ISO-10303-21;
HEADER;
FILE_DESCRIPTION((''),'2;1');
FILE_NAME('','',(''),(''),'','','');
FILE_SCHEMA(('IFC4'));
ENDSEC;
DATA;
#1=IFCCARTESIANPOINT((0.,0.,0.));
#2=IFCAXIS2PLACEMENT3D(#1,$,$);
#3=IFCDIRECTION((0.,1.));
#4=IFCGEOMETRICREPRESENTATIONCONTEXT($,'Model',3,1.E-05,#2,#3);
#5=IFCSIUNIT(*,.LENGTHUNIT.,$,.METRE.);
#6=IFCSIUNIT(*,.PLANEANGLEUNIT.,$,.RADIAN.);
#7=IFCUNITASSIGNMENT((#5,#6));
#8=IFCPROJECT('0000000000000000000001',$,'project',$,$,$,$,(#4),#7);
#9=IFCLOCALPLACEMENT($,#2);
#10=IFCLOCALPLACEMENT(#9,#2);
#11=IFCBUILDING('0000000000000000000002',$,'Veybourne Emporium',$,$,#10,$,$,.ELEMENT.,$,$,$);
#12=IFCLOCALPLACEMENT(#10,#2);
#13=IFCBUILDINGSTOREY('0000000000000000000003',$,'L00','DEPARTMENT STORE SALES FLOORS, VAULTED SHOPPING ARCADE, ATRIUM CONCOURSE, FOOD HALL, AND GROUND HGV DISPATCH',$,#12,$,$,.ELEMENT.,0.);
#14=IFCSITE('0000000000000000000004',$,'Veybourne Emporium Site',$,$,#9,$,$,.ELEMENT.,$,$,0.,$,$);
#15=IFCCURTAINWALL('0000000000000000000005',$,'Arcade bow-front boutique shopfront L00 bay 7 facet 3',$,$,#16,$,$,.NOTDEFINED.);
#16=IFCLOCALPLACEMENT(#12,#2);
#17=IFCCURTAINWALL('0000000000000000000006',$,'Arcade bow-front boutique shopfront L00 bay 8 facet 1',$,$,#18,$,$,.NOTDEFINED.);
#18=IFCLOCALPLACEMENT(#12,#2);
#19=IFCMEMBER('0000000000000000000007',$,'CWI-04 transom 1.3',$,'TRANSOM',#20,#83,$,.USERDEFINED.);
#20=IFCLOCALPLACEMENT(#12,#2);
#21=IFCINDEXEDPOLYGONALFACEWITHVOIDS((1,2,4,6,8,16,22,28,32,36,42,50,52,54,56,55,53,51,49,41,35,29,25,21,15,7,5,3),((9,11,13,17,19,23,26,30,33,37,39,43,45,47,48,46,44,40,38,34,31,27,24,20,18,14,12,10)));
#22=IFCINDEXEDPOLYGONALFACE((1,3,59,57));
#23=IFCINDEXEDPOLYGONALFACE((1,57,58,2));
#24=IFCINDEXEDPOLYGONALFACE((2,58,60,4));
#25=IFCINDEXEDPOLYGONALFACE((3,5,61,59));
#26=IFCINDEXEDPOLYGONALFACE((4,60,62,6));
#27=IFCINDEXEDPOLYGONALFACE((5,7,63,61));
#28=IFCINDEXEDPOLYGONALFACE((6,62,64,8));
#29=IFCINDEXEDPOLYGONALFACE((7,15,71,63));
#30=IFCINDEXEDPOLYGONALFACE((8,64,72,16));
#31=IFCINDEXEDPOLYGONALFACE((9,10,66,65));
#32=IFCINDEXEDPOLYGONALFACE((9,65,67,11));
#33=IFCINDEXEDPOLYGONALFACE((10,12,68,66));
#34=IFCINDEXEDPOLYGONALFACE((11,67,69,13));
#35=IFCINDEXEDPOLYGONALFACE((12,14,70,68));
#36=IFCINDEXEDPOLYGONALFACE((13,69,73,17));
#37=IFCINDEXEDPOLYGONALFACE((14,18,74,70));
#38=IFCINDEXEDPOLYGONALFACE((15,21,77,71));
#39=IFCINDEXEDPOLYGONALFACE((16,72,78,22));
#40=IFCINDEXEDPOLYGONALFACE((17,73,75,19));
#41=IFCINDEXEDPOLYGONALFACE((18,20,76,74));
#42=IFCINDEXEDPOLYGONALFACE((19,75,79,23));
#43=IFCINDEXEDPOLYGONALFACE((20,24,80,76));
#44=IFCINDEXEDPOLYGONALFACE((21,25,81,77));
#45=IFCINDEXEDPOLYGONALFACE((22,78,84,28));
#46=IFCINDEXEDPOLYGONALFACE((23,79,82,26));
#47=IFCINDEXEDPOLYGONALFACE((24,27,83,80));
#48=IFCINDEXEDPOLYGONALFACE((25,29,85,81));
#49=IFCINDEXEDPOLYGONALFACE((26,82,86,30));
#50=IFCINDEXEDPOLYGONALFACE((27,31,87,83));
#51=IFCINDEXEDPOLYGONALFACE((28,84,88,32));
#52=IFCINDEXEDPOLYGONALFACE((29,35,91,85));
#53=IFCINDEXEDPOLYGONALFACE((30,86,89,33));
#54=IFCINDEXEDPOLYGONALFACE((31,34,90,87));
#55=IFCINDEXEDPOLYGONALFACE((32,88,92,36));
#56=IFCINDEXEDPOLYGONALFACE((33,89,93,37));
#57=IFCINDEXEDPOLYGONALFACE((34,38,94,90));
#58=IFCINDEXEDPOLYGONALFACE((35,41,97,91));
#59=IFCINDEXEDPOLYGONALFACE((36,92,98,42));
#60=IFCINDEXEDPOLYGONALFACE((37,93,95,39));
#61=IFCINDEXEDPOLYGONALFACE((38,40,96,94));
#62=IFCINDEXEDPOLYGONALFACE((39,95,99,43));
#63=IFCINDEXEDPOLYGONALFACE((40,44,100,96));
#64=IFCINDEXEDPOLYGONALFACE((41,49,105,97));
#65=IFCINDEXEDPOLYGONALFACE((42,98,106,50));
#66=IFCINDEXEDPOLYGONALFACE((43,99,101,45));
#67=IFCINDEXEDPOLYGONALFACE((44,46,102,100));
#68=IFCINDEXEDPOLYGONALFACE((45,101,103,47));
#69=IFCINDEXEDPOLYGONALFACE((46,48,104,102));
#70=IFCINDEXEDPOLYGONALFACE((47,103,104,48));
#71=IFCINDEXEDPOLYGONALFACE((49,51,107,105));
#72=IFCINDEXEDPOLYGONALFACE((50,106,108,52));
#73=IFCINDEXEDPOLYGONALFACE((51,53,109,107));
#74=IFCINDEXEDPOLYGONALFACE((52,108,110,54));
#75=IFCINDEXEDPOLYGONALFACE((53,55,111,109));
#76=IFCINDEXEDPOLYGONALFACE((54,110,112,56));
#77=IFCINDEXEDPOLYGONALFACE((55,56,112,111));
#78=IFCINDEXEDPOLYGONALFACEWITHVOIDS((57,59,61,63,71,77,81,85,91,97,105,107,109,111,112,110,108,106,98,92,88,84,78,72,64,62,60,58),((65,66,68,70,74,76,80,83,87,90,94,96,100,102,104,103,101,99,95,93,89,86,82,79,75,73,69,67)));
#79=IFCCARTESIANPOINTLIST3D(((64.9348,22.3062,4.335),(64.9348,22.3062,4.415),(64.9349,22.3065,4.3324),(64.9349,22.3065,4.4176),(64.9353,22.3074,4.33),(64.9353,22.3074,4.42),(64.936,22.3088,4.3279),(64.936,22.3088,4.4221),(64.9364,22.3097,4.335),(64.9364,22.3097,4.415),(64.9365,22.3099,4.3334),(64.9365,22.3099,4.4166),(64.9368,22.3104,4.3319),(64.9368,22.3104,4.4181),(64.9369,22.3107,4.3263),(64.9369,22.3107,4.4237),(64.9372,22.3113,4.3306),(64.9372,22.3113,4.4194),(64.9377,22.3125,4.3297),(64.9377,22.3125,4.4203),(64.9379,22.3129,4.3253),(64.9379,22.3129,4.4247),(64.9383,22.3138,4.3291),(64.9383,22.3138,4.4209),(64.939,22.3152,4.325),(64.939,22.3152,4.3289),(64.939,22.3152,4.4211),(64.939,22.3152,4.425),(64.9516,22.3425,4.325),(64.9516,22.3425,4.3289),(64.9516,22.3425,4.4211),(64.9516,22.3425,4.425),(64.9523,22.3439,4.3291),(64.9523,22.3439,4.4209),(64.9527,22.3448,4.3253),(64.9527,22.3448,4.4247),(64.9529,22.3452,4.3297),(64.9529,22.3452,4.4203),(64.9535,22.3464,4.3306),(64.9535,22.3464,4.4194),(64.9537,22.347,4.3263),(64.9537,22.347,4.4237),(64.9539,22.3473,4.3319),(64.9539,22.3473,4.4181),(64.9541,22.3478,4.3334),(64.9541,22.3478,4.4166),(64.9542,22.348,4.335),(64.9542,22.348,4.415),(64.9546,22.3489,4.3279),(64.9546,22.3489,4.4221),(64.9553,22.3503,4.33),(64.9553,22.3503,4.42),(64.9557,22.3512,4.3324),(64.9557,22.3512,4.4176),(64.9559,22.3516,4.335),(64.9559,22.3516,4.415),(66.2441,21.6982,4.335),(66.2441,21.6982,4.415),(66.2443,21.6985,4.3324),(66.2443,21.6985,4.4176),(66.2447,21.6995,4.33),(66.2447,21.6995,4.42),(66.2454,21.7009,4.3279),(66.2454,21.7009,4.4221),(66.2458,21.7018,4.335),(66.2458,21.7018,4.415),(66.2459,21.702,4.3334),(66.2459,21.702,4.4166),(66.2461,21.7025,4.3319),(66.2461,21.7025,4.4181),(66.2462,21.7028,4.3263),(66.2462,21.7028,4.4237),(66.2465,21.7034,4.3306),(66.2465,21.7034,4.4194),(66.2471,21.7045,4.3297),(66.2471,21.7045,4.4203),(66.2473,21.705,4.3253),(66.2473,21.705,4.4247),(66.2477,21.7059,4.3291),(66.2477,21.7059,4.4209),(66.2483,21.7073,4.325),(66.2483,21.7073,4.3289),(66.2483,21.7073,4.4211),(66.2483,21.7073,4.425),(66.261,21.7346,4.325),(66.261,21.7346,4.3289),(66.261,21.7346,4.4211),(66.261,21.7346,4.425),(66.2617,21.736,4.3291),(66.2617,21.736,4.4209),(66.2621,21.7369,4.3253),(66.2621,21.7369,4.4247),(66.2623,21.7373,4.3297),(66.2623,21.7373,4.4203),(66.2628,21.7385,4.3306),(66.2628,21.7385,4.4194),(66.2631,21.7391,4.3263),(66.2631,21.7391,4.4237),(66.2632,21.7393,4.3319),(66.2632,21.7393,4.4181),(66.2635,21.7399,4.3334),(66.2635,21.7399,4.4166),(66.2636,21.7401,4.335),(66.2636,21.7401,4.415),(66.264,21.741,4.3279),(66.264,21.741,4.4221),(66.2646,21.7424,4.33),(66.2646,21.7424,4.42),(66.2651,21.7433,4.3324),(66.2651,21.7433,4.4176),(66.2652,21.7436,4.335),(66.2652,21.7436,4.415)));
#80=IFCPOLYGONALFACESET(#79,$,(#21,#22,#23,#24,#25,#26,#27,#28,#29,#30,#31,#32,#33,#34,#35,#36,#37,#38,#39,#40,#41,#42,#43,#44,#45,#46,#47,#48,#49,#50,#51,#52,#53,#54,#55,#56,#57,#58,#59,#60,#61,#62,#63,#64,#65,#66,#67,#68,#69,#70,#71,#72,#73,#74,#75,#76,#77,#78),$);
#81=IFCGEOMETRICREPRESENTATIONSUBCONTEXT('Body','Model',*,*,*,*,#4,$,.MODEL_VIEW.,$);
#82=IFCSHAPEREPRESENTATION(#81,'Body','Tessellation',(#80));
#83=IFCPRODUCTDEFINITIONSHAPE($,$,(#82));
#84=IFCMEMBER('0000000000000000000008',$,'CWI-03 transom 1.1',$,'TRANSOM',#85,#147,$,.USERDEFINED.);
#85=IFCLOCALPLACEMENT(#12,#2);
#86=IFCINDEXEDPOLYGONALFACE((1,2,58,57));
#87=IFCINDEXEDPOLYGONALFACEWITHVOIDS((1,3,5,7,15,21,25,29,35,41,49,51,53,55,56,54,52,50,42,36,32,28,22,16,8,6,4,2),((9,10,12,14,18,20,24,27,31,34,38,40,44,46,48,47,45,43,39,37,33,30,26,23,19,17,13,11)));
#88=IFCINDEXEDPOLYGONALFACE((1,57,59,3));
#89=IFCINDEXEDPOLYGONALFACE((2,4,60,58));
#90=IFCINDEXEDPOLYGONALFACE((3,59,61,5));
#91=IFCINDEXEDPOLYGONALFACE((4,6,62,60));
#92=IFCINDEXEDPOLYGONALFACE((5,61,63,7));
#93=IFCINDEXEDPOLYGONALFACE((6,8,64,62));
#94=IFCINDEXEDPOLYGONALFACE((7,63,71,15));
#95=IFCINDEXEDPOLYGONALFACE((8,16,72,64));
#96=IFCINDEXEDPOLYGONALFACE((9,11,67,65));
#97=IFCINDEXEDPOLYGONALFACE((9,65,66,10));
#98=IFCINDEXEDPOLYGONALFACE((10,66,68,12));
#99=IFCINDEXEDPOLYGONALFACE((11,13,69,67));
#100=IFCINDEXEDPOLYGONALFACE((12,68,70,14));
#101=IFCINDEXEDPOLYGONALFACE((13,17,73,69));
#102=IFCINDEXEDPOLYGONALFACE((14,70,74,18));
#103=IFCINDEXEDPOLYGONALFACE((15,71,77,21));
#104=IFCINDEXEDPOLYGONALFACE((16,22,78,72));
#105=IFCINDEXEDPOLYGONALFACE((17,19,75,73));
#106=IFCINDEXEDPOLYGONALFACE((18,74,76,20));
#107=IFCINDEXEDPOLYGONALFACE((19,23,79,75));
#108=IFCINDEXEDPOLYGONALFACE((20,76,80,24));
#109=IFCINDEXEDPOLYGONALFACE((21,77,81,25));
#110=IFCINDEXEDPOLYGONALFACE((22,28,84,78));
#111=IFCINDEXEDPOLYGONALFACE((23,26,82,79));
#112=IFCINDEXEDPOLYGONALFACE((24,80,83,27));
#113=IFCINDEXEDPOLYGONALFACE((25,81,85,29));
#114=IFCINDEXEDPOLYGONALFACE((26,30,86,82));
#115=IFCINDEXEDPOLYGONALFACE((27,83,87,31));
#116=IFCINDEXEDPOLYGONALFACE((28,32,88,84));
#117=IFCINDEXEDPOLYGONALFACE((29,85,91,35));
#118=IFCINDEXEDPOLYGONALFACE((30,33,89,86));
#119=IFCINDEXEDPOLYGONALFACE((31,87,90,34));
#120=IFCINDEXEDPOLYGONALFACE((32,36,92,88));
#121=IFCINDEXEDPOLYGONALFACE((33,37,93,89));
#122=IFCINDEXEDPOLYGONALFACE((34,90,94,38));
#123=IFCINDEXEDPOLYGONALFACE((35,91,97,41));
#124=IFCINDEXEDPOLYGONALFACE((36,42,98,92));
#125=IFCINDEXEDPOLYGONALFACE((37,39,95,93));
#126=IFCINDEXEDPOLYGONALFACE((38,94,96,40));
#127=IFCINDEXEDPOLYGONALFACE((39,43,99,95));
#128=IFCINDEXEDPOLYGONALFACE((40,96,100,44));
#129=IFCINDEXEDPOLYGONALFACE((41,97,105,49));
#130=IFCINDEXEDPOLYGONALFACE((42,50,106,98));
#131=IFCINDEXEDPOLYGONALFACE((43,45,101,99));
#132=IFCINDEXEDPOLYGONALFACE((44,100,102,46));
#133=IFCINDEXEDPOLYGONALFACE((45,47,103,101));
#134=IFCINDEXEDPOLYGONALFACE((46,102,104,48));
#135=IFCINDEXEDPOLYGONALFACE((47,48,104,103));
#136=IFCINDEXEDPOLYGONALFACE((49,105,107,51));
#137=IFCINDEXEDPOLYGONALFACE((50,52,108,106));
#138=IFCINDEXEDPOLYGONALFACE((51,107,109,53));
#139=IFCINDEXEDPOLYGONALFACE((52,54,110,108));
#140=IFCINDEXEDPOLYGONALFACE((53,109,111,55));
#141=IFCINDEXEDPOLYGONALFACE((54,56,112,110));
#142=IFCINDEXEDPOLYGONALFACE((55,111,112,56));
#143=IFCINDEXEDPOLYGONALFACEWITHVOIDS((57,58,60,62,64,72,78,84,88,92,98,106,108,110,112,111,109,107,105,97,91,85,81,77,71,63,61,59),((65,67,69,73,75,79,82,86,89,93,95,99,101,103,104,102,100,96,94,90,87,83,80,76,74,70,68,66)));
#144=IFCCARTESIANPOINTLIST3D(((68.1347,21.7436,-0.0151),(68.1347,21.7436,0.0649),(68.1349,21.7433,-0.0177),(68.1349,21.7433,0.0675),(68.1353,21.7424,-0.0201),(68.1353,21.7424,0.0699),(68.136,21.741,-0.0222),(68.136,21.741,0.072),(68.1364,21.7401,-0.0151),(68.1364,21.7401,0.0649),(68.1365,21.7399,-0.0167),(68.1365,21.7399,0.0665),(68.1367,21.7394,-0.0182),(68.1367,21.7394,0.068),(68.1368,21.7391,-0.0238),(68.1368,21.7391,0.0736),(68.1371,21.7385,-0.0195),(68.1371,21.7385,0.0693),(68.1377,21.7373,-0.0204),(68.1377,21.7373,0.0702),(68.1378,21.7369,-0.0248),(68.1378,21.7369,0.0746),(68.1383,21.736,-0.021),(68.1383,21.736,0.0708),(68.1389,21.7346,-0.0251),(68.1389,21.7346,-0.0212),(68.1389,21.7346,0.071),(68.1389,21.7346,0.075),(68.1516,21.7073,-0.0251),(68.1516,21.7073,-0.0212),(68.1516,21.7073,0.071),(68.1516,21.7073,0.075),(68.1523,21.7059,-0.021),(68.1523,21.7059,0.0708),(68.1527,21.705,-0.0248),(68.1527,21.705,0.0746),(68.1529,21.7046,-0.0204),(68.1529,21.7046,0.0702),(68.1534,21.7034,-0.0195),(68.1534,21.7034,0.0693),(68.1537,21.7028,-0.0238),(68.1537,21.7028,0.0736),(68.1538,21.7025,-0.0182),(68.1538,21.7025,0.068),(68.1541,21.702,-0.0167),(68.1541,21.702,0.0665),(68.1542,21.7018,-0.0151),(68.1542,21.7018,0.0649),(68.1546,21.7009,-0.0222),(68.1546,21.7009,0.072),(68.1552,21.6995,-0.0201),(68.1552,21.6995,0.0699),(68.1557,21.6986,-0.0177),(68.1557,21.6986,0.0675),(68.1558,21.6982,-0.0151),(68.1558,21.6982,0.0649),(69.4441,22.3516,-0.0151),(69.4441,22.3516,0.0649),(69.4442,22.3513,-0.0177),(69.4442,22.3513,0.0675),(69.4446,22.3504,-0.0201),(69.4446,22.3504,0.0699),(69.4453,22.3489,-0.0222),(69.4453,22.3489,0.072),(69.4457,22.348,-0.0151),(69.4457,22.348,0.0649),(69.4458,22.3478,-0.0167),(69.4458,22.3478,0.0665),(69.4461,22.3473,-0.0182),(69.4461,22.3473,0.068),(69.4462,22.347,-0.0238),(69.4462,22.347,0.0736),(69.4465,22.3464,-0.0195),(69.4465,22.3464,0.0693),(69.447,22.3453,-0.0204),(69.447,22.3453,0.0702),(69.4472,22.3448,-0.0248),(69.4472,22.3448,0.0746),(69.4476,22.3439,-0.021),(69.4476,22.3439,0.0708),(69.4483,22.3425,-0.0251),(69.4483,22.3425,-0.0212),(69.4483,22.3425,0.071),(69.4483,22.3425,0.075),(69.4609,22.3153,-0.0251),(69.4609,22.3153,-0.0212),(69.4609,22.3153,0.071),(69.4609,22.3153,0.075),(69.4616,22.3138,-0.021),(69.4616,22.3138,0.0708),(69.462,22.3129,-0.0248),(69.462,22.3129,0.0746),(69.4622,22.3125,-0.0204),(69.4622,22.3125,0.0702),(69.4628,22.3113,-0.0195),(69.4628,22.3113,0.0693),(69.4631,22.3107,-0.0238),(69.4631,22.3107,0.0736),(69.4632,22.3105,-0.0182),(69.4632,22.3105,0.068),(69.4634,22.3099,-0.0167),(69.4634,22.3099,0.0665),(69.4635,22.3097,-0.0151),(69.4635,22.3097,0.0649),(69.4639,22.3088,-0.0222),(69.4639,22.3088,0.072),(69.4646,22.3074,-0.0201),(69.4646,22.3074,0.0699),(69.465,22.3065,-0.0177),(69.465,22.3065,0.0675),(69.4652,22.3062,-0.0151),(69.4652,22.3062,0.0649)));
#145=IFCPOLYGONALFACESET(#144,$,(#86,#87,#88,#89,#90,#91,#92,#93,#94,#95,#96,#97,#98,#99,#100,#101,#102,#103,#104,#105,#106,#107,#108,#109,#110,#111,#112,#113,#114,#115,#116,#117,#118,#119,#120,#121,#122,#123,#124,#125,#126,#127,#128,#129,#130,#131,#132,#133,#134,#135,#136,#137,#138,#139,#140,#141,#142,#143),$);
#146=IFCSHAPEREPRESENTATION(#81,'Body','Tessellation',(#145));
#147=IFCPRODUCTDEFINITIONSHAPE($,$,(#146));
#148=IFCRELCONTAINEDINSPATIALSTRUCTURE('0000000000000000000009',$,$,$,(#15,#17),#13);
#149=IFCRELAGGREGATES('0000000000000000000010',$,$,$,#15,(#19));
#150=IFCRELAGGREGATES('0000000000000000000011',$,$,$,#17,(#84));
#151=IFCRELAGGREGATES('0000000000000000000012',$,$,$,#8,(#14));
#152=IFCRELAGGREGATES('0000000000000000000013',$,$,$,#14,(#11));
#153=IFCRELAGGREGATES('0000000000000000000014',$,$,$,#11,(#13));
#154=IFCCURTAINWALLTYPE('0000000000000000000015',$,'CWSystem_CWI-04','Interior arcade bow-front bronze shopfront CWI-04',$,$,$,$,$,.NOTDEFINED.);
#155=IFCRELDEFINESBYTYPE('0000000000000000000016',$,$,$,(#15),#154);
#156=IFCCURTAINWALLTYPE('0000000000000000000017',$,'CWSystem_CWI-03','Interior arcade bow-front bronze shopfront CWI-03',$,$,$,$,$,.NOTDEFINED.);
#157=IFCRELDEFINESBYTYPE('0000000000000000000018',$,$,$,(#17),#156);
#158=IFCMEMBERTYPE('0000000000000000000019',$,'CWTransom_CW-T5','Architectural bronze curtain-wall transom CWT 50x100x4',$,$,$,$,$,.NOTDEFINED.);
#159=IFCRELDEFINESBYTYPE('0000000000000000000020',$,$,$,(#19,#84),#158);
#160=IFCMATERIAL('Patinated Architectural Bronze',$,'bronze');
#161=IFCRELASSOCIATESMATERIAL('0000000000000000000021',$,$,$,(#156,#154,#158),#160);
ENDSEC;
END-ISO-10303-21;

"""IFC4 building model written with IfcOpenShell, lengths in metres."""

from ifc_helpers import new_model, si_unit, direction, frame, origin, origin_2d, place, context, subcontext, project, spatial, hollow_rectangle, extrude, material, material_profile, profile_set, type_object, element, aggregate, save


model = new_model("IFC4")

# Units and contexts
model_context = context("Model", 3, precision=1e-05, world=origin(), true_north=direction((0.0, 1.0)))
body_context = subcontext(model_context, "Body", "Model", "MODEL_VIEW")
ifc_project = project(units=[si_unit("LENGTHUNIT", "METRE"), si_unit("PLANEANGLEUNIT", "RADIAN")], contexts=[model_context])

# Site, building, storey
site_placement = place(None, origin())
site = spatial("IfcSite", under=ifc_project, at=site_placement, Name="Veybourne Emporium Site", CompositionType="ELEMENT", RefElevation=0.0)
building_placement = place(site_placement, origin())
building = spatial("IfcBuilding", under=site, at=building_placement, Name="Veybourne Emporium", CompositionType="ELEMENT")
storey_placement = place(building_placement, origin())
storey = spatial("IfcBuildingStorey", under=building, at=storey_placement, Name="L00", Description="DEPARTMENT STORE SALES FLOORS, VAULTED SHOPPING ARCADE, ATRIUM CONCOURSE, FOOD HALL, AND GROUND HGV DISPATCH", CompositionType="ELEMENT", Elevation=0.0)

# Shared definitions
ifc_material_1 = material(Name="Patinated Architectural Bronze", Category="bronze")
curtain_wall_type_1 = type_object("IfcCurtainWallType", Name="CWSystem_CWI-03", Description="Interior arcade bow-front bronze shopfront CWI-03", PredefinedType="NOTDEFINED", material=ifc_material_1)

# Curtain walls
curtain_wall_type_2 = type_object("IfcCurtainWallType", Name="CWSystem_CWI-04", Description="Interior arcade bow-front bronze shopfront CWI-04", PredefinedType="NOTDEFINED", material=ifc_material_1)
curtain_wall_1_placement = place(storey_placement, origin())
curtain_wall_1 = element("IfcCurtainWall", 1, at=curtain_wall_1_placement, inside=storey, type_object=curtain_wall_type_2, Name="Arcade bow-front boutique shopfront L00 bay 7 facet 3", PredefinedType="NOTDEFINED")
curtain_wall_2_placement = place(storey_placement, origin())
curtain_wall_2 = element("IfcCurtainWall", 2, at=curtain_wall_2_placement, inside=storey, type_object=curtain_wall_type_1, Name="Arcade bow-front boutique shopfront L00 bay 8 facet 1", PredefinedType="NOTDEFINED")

# Members
ifc_material_profile_1 = material_profile(ifc_material_1, hollow_rectangle(XDim=0.05, YDim=0.1001, WallThickness=0.0039, InnerFilletRadius=0.0061, OuterFilletRadius=0.01, at=origin_2d()), Name="CWT 50x100x4")
ifc_profile_set_1 = profile_set([ifc_material_profile_1], Name="Patinated Architectural Bronze")
member_type_1 = type_object("IfcMemberType", Name="CWTransom_CW-T5", Description="Architectural bronze curtain-wall transom CWT 50x100x4", PredefinedType="NOTDEFINED", material=ifc_profile_set_1)
member_1_placement = place(storey_placement, frame((64.9453, 22.3289, 4.375), z_axis=(0.907007, -0.421116, 0.0), x_axis=(0.421116, 0.907007, 0.0)))
member_1 = element("IfcMember", 3, at=member_1_placement, type_object=member_type_1, Name="CWI-04 transom 1.3", ObjectType="TRANSOM", PredefinedType="USERDEFINED", context=body_context, shape_type="SweptSolid", body=[
    extrude(hollow_rectangle(XDim=0.05, YDim=0.1001, WallThickness=0.0039, InnerFilletRadius=0.0061, OuterFilletRadius=0.01, at=origin_2d()), origin(), (0.0, 0.0, 1.0), 1.4436),
])
member_2_placement = place(storey_placement, frame((68.1453, 21.7209, 0.0249), z_axis=(0.907007, 0.421116, 0.0), x_axis=(-0.421116, 0.907007, 0.0)))
member_2 = element("IfcMember", 4, at=member_2_placement, type_object=member_type_1, Name="CWI-03 transom 1.1", ObjectType="TRANSOM", PredefinedType="USERDEFINED", context=body_context, shape_type="SweptSolid", body=[
    extrude(hollow_rectangle(XDim=0.05, YDim=0.1001, WallThickness=0.0039, InnerFilletRadius=0.0061, OuterFilletRadius=0.01, at=origin_2d()), origin(), (0.0, 0.0, 1.0), 1.4436),
])

aggregate(curtain_wall_1, [member_1])
aggregate(curtain_wall_2, [member_2])

save(model, "model.ifc")
